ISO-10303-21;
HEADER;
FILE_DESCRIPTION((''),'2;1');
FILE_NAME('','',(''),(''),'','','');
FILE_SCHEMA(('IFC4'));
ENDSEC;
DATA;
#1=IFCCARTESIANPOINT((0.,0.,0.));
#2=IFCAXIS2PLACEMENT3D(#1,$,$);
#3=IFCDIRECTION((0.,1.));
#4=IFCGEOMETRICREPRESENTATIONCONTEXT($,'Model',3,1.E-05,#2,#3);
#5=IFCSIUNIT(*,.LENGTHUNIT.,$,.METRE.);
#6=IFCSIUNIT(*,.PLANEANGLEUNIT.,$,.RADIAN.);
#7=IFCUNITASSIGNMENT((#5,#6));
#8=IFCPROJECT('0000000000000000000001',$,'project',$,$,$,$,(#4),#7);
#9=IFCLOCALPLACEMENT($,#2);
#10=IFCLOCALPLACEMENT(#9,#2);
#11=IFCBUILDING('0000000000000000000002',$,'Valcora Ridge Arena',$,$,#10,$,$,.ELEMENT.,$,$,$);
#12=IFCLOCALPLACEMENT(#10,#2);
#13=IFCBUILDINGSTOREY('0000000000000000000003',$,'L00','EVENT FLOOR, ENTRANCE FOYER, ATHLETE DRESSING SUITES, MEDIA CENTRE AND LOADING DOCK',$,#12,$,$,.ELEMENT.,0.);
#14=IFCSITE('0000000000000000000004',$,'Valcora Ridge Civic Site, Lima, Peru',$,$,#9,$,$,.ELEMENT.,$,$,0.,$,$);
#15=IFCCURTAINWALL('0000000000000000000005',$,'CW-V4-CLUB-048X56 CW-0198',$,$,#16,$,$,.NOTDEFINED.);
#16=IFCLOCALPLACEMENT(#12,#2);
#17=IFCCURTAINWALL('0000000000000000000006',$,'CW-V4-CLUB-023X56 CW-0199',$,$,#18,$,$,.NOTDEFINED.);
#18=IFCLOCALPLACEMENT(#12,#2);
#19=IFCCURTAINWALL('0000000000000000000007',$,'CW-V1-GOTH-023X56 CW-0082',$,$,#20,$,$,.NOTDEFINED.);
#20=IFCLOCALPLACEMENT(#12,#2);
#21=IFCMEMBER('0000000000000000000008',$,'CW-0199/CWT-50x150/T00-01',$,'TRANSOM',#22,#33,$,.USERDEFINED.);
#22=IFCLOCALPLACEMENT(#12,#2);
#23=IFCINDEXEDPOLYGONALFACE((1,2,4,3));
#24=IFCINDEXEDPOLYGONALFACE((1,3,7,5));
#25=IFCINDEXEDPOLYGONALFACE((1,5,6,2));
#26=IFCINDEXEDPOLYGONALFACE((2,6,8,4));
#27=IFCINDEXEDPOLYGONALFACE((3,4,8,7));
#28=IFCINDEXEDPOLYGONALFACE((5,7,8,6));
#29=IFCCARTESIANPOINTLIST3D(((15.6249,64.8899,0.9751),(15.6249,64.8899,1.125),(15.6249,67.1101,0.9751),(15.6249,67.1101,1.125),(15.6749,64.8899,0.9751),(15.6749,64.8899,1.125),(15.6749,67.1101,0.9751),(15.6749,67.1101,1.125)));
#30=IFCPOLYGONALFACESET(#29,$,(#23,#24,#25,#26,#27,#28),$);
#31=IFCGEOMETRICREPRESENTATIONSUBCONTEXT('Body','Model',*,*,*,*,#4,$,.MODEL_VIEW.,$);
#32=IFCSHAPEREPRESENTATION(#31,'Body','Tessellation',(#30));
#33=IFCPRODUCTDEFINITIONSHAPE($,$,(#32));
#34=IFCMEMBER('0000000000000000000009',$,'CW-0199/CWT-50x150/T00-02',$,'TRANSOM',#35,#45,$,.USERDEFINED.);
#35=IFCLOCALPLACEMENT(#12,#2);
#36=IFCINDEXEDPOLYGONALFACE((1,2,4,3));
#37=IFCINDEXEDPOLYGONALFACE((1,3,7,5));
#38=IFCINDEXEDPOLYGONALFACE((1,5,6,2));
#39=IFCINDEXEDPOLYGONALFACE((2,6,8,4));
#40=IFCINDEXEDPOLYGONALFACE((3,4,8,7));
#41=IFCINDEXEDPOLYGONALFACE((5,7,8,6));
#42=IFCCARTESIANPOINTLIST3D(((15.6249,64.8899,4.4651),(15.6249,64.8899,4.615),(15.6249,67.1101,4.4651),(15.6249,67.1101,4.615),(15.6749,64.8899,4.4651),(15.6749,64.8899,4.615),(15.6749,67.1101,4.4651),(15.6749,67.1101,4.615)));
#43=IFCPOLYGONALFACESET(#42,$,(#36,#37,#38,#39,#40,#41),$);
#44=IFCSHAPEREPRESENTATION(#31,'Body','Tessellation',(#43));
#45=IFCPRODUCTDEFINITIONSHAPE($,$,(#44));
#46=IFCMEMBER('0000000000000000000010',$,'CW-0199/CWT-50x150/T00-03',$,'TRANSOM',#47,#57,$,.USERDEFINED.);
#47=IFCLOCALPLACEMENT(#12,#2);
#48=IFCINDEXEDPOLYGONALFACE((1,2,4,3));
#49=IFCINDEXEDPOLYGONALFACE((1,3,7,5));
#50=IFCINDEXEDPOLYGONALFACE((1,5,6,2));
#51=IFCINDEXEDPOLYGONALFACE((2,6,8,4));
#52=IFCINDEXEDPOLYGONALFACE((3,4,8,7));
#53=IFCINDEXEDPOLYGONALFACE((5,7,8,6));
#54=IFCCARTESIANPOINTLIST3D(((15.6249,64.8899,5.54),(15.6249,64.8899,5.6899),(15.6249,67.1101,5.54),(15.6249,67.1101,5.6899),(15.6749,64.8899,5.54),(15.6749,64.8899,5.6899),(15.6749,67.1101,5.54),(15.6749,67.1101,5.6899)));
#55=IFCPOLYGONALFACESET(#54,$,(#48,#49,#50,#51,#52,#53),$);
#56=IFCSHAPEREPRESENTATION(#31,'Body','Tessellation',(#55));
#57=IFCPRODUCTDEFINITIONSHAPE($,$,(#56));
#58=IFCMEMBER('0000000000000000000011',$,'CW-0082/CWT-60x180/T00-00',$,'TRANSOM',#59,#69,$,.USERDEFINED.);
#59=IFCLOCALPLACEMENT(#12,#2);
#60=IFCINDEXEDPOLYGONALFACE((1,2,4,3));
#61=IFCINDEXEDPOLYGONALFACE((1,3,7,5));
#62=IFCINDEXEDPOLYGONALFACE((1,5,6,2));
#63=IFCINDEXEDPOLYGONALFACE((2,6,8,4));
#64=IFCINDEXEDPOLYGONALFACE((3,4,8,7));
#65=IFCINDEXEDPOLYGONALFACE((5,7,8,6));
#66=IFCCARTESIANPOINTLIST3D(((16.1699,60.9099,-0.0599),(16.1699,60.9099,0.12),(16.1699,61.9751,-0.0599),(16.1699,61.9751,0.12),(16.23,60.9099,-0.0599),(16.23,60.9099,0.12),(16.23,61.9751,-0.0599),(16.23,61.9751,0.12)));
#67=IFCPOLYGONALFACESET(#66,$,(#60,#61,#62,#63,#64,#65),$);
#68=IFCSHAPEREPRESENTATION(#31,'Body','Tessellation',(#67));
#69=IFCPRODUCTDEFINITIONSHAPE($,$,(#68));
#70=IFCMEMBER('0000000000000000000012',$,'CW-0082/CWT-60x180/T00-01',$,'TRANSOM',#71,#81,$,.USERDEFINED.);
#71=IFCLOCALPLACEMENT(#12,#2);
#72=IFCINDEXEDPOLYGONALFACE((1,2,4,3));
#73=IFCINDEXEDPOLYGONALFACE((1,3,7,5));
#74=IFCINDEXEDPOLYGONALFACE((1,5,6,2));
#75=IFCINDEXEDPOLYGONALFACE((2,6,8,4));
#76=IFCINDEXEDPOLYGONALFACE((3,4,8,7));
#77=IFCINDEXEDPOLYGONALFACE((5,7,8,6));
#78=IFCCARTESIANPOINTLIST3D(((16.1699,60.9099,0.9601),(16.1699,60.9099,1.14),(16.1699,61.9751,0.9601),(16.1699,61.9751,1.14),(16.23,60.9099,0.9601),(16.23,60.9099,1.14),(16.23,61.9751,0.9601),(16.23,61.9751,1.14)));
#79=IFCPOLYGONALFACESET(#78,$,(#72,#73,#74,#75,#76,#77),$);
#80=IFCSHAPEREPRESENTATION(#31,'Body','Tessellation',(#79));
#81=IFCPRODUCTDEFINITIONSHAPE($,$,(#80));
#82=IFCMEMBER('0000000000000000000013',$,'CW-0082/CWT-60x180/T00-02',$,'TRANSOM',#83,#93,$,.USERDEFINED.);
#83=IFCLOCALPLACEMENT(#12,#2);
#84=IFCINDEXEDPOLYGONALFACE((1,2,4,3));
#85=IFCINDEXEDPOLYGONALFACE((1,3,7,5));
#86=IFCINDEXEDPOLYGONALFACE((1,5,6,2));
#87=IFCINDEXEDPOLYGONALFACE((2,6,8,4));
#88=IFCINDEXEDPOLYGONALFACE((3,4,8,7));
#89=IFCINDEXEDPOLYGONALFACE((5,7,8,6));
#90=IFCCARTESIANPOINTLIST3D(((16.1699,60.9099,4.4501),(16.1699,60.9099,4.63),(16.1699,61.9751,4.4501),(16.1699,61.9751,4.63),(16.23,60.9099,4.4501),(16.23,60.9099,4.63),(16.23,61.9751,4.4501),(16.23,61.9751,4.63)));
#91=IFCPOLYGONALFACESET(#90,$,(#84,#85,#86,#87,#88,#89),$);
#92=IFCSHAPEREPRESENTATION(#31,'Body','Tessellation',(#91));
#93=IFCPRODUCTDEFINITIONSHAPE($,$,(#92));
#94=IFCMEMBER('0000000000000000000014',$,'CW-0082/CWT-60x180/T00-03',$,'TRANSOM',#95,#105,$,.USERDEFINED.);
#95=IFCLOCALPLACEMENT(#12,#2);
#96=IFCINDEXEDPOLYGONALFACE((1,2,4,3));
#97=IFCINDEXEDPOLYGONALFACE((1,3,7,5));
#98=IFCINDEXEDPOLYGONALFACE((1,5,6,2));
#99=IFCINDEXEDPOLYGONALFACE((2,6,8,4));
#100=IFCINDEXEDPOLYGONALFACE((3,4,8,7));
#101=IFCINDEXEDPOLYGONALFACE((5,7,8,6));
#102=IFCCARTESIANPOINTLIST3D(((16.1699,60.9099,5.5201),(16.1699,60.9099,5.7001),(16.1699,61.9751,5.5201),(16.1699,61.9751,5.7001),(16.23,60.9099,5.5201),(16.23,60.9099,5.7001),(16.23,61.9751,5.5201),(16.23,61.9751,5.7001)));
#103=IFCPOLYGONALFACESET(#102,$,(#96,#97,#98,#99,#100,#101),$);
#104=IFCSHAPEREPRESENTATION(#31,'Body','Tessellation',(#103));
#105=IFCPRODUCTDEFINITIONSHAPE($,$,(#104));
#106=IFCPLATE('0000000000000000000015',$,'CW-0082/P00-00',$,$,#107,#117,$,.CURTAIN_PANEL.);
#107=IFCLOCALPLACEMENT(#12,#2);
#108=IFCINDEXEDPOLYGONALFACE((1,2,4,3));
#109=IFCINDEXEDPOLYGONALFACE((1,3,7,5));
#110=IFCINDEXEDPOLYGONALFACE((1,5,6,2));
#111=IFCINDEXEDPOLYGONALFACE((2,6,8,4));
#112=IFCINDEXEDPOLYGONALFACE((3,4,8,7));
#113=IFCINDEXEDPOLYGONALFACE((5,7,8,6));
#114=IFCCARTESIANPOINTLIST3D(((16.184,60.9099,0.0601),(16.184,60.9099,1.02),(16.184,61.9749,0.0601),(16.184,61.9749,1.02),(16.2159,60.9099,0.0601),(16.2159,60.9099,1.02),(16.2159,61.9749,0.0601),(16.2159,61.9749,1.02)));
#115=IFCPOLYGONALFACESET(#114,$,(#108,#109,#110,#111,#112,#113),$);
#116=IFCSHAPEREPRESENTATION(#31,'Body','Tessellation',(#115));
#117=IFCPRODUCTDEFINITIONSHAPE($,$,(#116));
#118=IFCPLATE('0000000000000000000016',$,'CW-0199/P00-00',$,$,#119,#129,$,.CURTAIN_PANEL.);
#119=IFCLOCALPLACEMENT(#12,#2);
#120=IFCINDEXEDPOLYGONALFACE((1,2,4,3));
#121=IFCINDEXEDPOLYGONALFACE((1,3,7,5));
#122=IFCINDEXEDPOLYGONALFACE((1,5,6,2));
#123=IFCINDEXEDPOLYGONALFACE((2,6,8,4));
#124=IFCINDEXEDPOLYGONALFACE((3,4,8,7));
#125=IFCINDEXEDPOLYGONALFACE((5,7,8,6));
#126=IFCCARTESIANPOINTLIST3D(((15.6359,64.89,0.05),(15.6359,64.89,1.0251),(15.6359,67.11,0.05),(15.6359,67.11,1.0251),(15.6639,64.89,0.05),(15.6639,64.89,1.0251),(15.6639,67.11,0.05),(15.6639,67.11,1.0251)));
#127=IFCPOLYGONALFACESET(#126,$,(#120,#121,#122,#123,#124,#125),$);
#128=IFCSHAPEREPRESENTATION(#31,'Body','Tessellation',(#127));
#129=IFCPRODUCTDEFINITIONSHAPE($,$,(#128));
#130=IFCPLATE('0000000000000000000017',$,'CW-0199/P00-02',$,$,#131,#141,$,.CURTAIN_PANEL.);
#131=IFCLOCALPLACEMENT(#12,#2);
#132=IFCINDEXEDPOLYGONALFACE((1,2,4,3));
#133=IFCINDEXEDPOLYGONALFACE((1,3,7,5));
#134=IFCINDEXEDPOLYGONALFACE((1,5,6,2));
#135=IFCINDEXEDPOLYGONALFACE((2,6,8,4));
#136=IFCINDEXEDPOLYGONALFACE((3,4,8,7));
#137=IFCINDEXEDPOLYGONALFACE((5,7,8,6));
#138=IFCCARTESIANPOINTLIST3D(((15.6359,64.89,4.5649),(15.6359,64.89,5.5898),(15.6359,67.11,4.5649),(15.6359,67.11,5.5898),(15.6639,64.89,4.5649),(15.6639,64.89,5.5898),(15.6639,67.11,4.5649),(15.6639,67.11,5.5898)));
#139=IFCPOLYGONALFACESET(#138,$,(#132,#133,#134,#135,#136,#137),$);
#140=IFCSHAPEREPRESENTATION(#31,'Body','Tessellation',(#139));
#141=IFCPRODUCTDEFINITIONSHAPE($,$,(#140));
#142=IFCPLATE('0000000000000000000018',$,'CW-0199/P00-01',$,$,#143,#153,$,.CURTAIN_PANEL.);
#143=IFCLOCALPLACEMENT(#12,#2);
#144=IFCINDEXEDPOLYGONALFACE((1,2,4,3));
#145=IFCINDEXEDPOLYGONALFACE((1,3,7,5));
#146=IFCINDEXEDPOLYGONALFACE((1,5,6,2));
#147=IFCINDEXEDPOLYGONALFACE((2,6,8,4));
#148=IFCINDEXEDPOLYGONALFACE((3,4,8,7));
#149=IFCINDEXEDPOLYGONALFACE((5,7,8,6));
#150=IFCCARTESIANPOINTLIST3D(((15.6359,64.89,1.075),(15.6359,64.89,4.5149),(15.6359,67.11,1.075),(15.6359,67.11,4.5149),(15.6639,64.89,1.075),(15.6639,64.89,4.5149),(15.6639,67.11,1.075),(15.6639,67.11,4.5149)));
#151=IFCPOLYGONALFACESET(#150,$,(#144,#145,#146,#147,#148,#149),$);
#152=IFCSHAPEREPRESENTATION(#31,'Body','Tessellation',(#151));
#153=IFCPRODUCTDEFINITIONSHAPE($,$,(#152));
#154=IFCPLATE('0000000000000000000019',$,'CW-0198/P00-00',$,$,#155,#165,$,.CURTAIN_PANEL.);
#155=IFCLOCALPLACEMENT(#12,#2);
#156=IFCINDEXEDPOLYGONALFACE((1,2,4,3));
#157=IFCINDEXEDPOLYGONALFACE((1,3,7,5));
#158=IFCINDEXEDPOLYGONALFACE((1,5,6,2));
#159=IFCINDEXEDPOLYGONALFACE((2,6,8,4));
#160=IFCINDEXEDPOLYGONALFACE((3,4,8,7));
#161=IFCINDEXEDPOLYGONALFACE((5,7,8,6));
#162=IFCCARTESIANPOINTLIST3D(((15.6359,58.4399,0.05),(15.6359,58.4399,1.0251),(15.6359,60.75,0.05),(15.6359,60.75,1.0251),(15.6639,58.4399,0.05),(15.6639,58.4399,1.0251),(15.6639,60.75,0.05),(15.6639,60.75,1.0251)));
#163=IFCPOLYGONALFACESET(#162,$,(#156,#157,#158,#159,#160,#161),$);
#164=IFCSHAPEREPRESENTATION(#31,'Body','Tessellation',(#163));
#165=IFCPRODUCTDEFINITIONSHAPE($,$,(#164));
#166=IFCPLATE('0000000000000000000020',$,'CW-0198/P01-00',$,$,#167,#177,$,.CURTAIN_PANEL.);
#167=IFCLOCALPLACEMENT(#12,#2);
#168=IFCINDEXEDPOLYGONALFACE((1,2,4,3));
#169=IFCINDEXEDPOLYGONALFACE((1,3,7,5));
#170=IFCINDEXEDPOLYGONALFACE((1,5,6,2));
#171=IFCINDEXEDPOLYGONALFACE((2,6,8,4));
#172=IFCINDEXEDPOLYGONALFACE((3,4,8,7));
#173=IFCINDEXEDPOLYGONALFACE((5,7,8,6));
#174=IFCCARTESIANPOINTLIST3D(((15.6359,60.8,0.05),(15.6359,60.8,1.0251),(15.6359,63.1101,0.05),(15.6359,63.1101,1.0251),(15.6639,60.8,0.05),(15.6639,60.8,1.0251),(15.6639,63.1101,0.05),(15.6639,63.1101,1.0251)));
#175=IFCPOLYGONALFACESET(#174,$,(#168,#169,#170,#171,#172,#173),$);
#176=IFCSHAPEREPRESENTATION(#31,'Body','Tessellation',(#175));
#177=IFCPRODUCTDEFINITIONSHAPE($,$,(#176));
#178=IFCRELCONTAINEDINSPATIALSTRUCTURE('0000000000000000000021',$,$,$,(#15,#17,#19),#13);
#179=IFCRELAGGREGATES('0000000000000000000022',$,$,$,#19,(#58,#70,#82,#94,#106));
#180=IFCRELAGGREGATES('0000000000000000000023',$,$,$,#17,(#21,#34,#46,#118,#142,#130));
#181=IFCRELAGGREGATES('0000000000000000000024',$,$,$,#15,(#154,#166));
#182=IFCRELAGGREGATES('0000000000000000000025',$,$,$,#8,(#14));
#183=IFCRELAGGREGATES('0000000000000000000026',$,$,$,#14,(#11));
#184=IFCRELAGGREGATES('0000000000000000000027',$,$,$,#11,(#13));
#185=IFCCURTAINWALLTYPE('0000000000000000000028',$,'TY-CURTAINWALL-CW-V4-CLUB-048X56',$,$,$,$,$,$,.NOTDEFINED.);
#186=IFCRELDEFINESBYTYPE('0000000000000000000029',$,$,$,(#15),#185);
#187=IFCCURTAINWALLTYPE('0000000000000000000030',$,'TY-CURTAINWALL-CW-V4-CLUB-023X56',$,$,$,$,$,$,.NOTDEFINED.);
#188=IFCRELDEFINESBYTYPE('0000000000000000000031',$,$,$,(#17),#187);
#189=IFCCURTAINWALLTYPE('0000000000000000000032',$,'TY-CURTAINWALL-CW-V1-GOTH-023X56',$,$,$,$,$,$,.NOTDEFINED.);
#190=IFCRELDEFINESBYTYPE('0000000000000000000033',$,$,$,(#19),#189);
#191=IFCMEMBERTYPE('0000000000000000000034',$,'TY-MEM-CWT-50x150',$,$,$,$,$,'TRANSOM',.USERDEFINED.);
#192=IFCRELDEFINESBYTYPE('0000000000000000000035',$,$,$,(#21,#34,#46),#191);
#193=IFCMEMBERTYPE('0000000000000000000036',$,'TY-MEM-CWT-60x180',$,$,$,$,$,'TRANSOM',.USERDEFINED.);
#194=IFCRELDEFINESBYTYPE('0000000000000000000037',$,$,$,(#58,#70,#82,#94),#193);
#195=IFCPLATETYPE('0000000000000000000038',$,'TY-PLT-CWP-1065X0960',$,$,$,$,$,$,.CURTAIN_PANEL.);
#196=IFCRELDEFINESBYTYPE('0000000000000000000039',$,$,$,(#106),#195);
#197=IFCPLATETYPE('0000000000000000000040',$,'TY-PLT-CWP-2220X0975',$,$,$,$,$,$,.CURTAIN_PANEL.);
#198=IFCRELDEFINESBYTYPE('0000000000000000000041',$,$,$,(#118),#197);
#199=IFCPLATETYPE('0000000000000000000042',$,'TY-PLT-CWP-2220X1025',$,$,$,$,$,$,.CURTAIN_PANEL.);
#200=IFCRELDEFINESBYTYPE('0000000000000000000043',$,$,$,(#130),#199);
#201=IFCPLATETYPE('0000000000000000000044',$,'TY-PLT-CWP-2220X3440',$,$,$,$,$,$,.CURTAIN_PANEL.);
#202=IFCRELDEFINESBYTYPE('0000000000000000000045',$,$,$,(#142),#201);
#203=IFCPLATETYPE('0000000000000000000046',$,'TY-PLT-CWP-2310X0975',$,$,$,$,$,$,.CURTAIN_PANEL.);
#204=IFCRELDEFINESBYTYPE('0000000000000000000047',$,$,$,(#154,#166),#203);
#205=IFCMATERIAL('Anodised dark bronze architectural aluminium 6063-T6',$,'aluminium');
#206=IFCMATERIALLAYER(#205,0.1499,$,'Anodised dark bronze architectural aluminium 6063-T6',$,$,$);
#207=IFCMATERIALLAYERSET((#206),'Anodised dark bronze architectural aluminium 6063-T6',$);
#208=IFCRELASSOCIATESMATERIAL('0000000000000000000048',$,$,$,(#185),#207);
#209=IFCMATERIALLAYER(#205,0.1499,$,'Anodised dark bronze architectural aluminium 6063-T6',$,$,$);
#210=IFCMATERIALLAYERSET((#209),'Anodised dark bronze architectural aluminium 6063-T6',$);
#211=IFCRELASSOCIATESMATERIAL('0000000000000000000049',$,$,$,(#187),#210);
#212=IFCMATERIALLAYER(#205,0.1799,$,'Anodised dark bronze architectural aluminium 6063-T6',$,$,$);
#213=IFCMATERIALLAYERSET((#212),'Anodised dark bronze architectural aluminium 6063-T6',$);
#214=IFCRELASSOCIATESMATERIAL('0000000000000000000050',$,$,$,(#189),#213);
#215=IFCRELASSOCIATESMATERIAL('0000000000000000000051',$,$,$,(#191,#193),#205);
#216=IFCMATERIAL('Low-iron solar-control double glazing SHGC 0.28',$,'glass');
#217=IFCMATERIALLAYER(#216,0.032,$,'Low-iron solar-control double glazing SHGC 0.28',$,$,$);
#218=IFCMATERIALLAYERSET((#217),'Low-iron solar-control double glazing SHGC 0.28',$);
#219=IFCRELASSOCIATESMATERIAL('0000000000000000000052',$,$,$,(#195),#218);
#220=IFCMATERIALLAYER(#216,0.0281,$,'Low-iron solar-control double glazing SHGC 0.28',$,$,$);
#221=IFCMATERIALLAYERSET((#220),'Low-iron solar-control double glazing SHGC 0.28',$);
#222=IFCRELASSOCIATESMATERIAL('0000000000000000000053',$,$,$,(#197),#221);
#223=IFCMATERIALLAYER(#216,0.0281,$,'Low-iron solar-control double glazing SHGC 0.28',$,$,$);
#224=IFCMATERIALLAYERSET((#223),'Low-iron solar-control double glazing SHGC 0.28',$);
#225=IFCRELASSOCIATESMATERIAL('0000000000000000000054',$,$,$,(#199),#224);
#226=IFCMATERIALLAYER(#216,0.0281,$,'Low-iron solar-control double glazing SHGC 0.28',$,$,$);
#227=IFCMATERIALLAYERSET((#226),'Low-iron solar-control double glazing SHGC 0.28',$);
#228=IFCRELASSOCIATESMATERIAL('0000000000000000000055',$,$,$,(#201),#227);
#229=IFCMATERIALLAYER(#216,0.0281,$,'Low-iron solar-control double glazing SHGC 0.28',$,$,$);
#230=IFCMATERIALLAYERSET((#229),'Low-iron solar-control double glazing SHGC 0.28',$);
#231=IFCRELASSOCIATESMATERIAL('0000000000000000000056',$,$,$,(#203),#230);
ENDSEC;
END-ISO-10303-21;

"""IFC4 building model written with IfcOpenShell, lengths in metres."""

from ifc_helpers import new_model, si_unit, direction, frame, origin, origin_2d, place, context, subcontext, project, spatial, rectangle, extrude, material, layer, layer_set, material_profile, profile_set, type_object, element, aggregate, save


model = new_model("IFC4")

# Units and contexts
model_context = context("Model", 3, precision=1e-05, world=origin(), true_north=direction((0.0, 1.0)))
body_context = subcontext(model_context, "Body", "Model", "MODEL_VIEW")
ifc_project = project(units=[si_unit("LENGTHUNIT", "METRE"), si_unit("PLANEANGLEUNIT", "RADIAN")], contexts=[model_context])

# Site, building, storey
site_placement = place(None, origin())
site = spatial("IfcSite", under=ifc_project, at=site_placement, Name="Valcora Ridge Civic Site, Lima, Peru", CompositionType="ELEMENT", RefElevation=0.0)
building_placement = place(site_placement, origin())
building = spatial("IfcBuilding", under=site, at=building_placement, Name="Valcora Ridge Arena", CompositionType="ELEMENT")
storey_placement = place(building_placement, origin())
storey = spatial("IfcBuildingStorey", under=building, at=storey_placement, Name="L00", Description="EVENT FLOOR, ENTRANCE FOYER, ATHLETE DRESSING SUITES, MEDIA CENTRE AND LOADING DOCK", CompositionType="ELEMENT", Elevation=0.0)

# Curtain walls
ifc_material_1 = material(Name="Anodised dark bronze architectural aluminium 6063-T6", Category="aluminium")
ifc_layer_1 = layer(ifc_material_1, 0.1499, Name="Anodised dark bronze architectural aluminium 6063-T6")
ifc_layer_set_1 = layer_set([ifc_layer_1], Name="Anodised dark bronze architectural aluminium 6063-T6")
curtain_wall_type_1 = type_object("IfcCurtainWallType", Name="TY-CURTAINWALL-CW-V4-CLUB-048X56", PredefinedType="NOTDEFINED", material=ifc_layer_set_1)
curtain_wall_1_placement = place(storey_placement, origin())
curtain_wall_1 = element("IfcCurtainWall", 1, at=curtain_wall_1_placement, inside=storey, type_object=curtain_wall_type_1, Name="CW-V4-CLUB-048X56 CW-0198", PredefinedType="NOTDEFINED")
ifc_layer_2 = layer(ifc_material_1, 0.1499, Name="Anodised dark bronze architectural aluminium 6063-T6")
ifc_layer_set_2 = layer_set([ifc_layer_2], Name="Anodised dark bronze architectural aluminium 6063-T6")
curtain_wall_type_2 = type_object("IfcCurtainWallType", Name="TY-CURTAINWALL-CW-V4-CLUB-023X56", PredefinedType="NOTDEFINED", material=ifc_layer_set_2)
curtain_wall_2_placement = place(storey_placement, origin())
curtain_wall_2 = element("IfcCurtainWall", 2, at=curtain_wall_2_placement, inside=storey, type_object=curtain_wall_type_2, Name="CW-V4-CLUB-023X56 CW-0199", PredefinedType="NOTDEFINED")

# Curtain wall
ifc_layer_3 = layer(ifc_material_1, 0.1799, Name="Anodised dark bronze architectural aluminium 6063-T6")
ifc_layer_set_3 = layer_set([ifc_layer_3], Name="Anodised dark bronze architectural aluminium 6063-T6")
curtain_wall_type_3 = type_object("IfcCurtainWallType", Name="TY-CURTAINWALL-CW-V1-GOTH-023X56", PredefinedType="NOTDEFINED", material=ifc_layer_set_3)
curtain_wall_3_placement = place(storey_placement, origin())
curtain_wall_3 = element("IfcCurtainWall", 3, at=curtain_wall_3_placement, inside=storey, type_object=curtain_wall_type_3, Name="CW-V1-GOTH-023X56 CW-0082", PredefinedType="NOTDEFINED")

# Members
ifc_material_profile_1 = material_profile(ifc_material_1, rectangle(XDim=0.05, YDim=0.1499, at=origin_2d()), Name="ALU TRANSOM 50x150")
ifc_profile_set_1 = profile_set([ifc_material_profile_1], Name="Anodised dark bronze architectural aluminium 6063-T6")
member_type_1 = type_object("IfcMemberType", Name="TY-MEM-CWT-50x150", ElementType="TRANSOM", PredefinedType="USERDEFINED", material=ifc_profile_set_1)
member_1_placement = place(storey_placement, frame((15.6499, 64.8899, 1.05), z_axis=(0.0, 1.0, 0.0), x_axis=(-1.0, 0.0, 0.0)))
member_1 = element("IfcMember", 4, at=member_1_placement, type_object=member_type_1, Name="CW-0199/CWT-50x150/T00-01", ObjectType="TRANSOM", PredefinedType="USERDEFINED", context=body_context, shape_type="SweptSolid", body=[
    extrude(rectangle(XDim=0.05, YDim=0.1499, at=origin_2d()), origin(), (0.0, 0.0, 1.0), 2.2202),
])
member_2_placement = place(storey_placement, frame((15.6499, 64.8899, 4.54), z_axis=(0.0, 1.0, 0.0), x_axis=(-1.0, 0.0, 0.0)))
member_2 = element("IfcMember", 5, at=member_2_placement, type_object=member_type_1, Name="CW-0199/CWT-50x150/T00-02", ObjectType="TRANSOM", PredefinedType="USERDEFINED", context=body_context, shape_type="SweptSolid", body=[
    extrude(rectangle(XDim=0.05, YDim=0.1499, at=origin_2d()), origin(), (0.0, 0.0, 1.0), 2.2202),
])
member_3_placement = place(storey_placement, frame((15.6499, 64.8899, 5.615), z_axis=(0.0, 1.0, 0.0), x_axis=(-1.0, 0.0, 0.0)))
member_3 = element("IfcMember", 6, at=member_3_placement, type_object=member_type_1, Name="CW-0199/CWT-50x150/T00-03", ObjectType="TRANSOM", PredefinedType="USERDEFINED", context=body_context, shape_type="SweptSolid", body=[
    extrude(rectangle(XDim=0.05, YDim=0.1499, at=origin_2d()), origin(), (0.0, 0.0, 1.0), 2.2202),
])
ifc_material_profile_2 = material_profile(ifc_material_1, rectangle(XDim=0.0601, YDim=0.1799, at=origin_2d()), Name="ALU TRANSOM 60x180")
ifc_profile_set_2 = profile_set([ifc_material_profile_2], Name="Anodised dark bronze architectural aluminium 6063-T6")
member_type_2 = type_object("IfcMemberType", Name="TY-MEM-CWT-60x180", ElementType="TRANSOM", PredefinedType="USERDEFINED", material=ifc_profile_set_2)
member_4_placement = place(storey_placement, frame((16.2, 60.9099, 0.03), z_axis=(0.0, 1.0, 0.0), x_axis=(-1.0, 0.0, 0.0)))
member_4 = element("IfcMember", 7, at=member_4_placement, type_object=member_type_2, Name="CW-0082/CWT-60x180/T00-00", ObjectType="TRANSOM", PredefinedType="USERDEFINED", context=body_context, shape_type="SweptSolid", body=[
    extrude(rectangle(XDim=0.0601, YDim=0.1799, at=origin_2d()), origin(), (0.0, 0.0, 1.0), 1.0652),
])
member_5_placement = place(storey_placement, frame((16.2, 60.9099, 1.05), z_axis=(0.0, 1.0, 0.0), x_axis=(-1.0, 0.0, 0.0)))
member_5 = element("IfcMember", 8, at=member_5_placement, type_object=member_type_2, Name="CW-0082/CWT-60x180/T00-01", ObjectType="TRANSOM", PredefinedType="USERDEFINED", context=body_context, shape_type="SweptSolid", body=[
    extrude(rectangle(XDim=0.0601, YDim=0.1799, at=origin_2d()), origin(), (0.0, 0.0, 1.0), 1.0652),
])
member_6_placement = place(storey_placement, frame((16.2, 60.9099, 4.54), z_axis=(0.0, 1.0, 0.0), x_axis=(-1.0, 0.0, 0.0)))
member_6 = element("IfcMember", 9, at=member_6_placement, type_object=member_type_2, Name="CW-0082/CWT-60x180/T00-02", ObjectType="TRANSOM", PredefinedType="USERDEFINED", context=body_context, shape_type="SweptSolid", body=[
    extrude(rectangle(XDim=0.0601, YDim=0.1799, at=origin_2d()), origin(), (0.0, 0.0, 1.0), 1.0652),
])
member_7_placement = place(storey_placement, frame((16.2, 60.9099, 5.6101), z_axis=(0.0, 1.0, 0.0), x_axis=(-1.0, 0.0, 0.0)))
member_7 = element("IfcMember", 10, at=member_7_placement, type_object=member_type_2, Name="CW-0082/CWT-60x180/T00-03", ObjectType="TRANSOM", PredefinedType="USERDEFINED", context=body_context, shape_type="SweptSolid", body=[
    extrude(rectangle(XDim=0.0601, YDim=0.1799, at=origin_2d()), origin(), (0.0, 0.0, 1.0), 1.0652),
])

# Plates
ifc_material_2 = material(Name="Low-iron solar-control double glazing SHGC 0.28", Category="glass")
ifc_layer_4 = layer(ifc_material_2, 0.032, Name="Low-iron solar-control double glazing SHGC 0.28")
ifc_layer_set_4 = layer_set([ifc_layer_4], Name="Low-iron solar-control double glazing SHGC 0.28")
plate_type_1 = type_object("IfcPlateType", Name="TY-PLT-CWP-1065X0960", PredefinedType="CURTAIN_PANEL", material=ifc_layer_set_4)
plate_1_placement = place(storey_placement, frame((16.2, 61.4424, 0.0601), z_axis=(0.0, 0.0, 1.0), x_axis=(0.0, 1.0, 0.0)))
plate_1 = element("IfcPlate", 11, at=plate_1_placement, type_object=plate_type_1, Name="CW-0082/P00-00", PredefinedType="CURTAIN_PANEL", context=body_context, shape_type="SweptSolid", body=[
    extrude(rectangle(XDim=1.0649, YDim=0.032, at=origin_2d()), origin(), (0.0, 0.0, 1.0), 0.96),
])
aggregate(curtain_wall_3, [member_4, member_5, member_6, member_7, plate_1])
ifc_layer_5 = layer(ifc_material_2, 0.0281, Name="Low-iron solar-control double glazing SHGC 0.28")
ifc_layer_set_5 = layer_set([ifc_layer_5], Name="Low-iron solar-control double glazing SHGC 0.28")
plate_type_2 = type_object("IfcPlateType", Name="TY-PLT-CWP-2220X0975", PredefinedType="CURTAIN_PANEL", material=ifc_layer_set_5)
plate_2_placement = place(storey_placement, frame((15.6499, 66.0, 0.05), z_axis=(0.0, 0.0, 1.0), x_axis=(0.0, 1.0, 0.0)))
plate_2 = element("IfcPlate", 12, at=plate_2_placement, type_object=plate_type_2, Name="CW-0199/P00-00", PredefinedType="CURTAIN_PANEL", context=body_context, shape_type="SweptSolid", body=[
    extrude(rectangle(XDim=2.22, YDim=0.0281, at=origin_2d()), origin(), (0.0, 0.0, 1.0), 0.9751),
])
ifc_layer_6 = layer(ifc_material_2, 0.0281, Name="Low-iron solar-control double glazing SHGC 0.28")
ifc_layer_set_6 = layer_set([ifc_layer_6], Name="Low-iron solar-control double glazing SHGC 0.28")
plate_type_3 = type_object("IfcPlateType", Name="TY-PLT-CWP-2220X1025", PredefinedType="CURTAIN_PANEL", material=ifc_layer_set_6)
plate_3_placement = place(storey_placement, frame((15.6499, 66.0, 4.5649), z_axis=(0.0, 0.0, 1.0), x_axis=(0.0, 1.0, 0.0)))
plate_3 = element("IfcPlate", 13, at=plate_3_placement, type_object=plate_type_3, Name="CW-0199/P00-02", PredefinedType="CURTAIN_PANEL", context=body_context, shape_type="SweptSolid", body=[
    extrude(rectangle(XDim=2.22, YDim=0.0281, at=origin_2d()), origin(), (0.0, 0.0, 1.0), 1.0249),
])
ifc_layer_7 = layer(ifc_material_2, 0.0281, Name="Low-iron solar-control double glazing SHGC 0.28")
ifc_layer_set_7 = layer_set([ifc_layer_7], Name="Low-iron solar-control double glazing SHGC 0.28")
plate_type_4 = type_object("IfcPlateType", Name="TY-PLT-CWP-2220X3440", PredefinedType="CURTAIN_PANEL", material=ifc_layer_set_7)
plate_4_placement = place(storey_placement, frame((15.6499, 66.0, 1.075), z_axis=(0.0, 0.0, 1.0), x_axis=(0.0, 1.0, 0.0)))
plate_4 = element("IfcPlate", 14, at=plate_4_placement, type_object=plate_type_4, Name="CW-0199/P00-01", PredefinedType="CURTAIN_PANEL", context=body_context, shape_type="SweptSolid", body=[
    extrude(rectangle(XDim=2.22, YDim=0.0281, at=origin_2d()), origin(), (0.0, 0.0, 1.0), 3.4399),
])
aggregate(curtain_wall_2, [member_1, member_2, member_3, plate_2, plate_4, plate_3])
ifc_layer_8 = layer(ifc_material_2, 0.0281, Name="Low-iron solar-control double glazing SHGC 0.28")
ifc_layer_set_8 = layer_set([ifc_layer_8], Name="Low-iron solar-control double glazing SHGC 0.28")
plate_type_5 = type_object("IfcPlateType", Name="TY-PLT-CWP-2310X0975", PredefinedType="CURTAIN_PANEL", material=ifc_layer_set_8)
plate_5_placement = place(storey_placement, frame((15.6499, 59.595, 0.05), z_axis=(0.0, 0.0, 1.0), x_axis=(0.0, 1.0, 0.0)))
plate_5 = element("IfcPlate", 15, at=plate_5_placement, type_object=plate_type_5, Name="CW-0198/P00-00", PredefinedType="CURTAIN_PANEL", context=body_context, shape_type="SweptSolid", body=[
    extrude(rectangle(XDim=2.3101, YDim=0.0281, at=origin_2d()), origin(), (0.0, 0.0, 1.0), 0.9751),
])
plate_6_placement = place(storey_placement, frame((15.6499, 61.9551, 0.05), z_axis=(0.0, 0.0, 1.0), x_axis=(0.0, 1.0, 0.0)))
plate_6 = element("IfcPlate", 16, at=plate_6_placement, type_object=plate_type_5, Name="CW-0198/P01-00", PredefinedType="CURTAIN_PANEL", context=body_context, shape_type="SweptSolid", body=[
    extrude(rectangle(XDim=2.3101, YDim=0.0281, at=origin_2d()), origin(), (0.0, 0.0, 1.0), 0.9751),
])
aggregate(curtain_wall_1, [plate_5, plate_6])

save(model, "model.ifc")
